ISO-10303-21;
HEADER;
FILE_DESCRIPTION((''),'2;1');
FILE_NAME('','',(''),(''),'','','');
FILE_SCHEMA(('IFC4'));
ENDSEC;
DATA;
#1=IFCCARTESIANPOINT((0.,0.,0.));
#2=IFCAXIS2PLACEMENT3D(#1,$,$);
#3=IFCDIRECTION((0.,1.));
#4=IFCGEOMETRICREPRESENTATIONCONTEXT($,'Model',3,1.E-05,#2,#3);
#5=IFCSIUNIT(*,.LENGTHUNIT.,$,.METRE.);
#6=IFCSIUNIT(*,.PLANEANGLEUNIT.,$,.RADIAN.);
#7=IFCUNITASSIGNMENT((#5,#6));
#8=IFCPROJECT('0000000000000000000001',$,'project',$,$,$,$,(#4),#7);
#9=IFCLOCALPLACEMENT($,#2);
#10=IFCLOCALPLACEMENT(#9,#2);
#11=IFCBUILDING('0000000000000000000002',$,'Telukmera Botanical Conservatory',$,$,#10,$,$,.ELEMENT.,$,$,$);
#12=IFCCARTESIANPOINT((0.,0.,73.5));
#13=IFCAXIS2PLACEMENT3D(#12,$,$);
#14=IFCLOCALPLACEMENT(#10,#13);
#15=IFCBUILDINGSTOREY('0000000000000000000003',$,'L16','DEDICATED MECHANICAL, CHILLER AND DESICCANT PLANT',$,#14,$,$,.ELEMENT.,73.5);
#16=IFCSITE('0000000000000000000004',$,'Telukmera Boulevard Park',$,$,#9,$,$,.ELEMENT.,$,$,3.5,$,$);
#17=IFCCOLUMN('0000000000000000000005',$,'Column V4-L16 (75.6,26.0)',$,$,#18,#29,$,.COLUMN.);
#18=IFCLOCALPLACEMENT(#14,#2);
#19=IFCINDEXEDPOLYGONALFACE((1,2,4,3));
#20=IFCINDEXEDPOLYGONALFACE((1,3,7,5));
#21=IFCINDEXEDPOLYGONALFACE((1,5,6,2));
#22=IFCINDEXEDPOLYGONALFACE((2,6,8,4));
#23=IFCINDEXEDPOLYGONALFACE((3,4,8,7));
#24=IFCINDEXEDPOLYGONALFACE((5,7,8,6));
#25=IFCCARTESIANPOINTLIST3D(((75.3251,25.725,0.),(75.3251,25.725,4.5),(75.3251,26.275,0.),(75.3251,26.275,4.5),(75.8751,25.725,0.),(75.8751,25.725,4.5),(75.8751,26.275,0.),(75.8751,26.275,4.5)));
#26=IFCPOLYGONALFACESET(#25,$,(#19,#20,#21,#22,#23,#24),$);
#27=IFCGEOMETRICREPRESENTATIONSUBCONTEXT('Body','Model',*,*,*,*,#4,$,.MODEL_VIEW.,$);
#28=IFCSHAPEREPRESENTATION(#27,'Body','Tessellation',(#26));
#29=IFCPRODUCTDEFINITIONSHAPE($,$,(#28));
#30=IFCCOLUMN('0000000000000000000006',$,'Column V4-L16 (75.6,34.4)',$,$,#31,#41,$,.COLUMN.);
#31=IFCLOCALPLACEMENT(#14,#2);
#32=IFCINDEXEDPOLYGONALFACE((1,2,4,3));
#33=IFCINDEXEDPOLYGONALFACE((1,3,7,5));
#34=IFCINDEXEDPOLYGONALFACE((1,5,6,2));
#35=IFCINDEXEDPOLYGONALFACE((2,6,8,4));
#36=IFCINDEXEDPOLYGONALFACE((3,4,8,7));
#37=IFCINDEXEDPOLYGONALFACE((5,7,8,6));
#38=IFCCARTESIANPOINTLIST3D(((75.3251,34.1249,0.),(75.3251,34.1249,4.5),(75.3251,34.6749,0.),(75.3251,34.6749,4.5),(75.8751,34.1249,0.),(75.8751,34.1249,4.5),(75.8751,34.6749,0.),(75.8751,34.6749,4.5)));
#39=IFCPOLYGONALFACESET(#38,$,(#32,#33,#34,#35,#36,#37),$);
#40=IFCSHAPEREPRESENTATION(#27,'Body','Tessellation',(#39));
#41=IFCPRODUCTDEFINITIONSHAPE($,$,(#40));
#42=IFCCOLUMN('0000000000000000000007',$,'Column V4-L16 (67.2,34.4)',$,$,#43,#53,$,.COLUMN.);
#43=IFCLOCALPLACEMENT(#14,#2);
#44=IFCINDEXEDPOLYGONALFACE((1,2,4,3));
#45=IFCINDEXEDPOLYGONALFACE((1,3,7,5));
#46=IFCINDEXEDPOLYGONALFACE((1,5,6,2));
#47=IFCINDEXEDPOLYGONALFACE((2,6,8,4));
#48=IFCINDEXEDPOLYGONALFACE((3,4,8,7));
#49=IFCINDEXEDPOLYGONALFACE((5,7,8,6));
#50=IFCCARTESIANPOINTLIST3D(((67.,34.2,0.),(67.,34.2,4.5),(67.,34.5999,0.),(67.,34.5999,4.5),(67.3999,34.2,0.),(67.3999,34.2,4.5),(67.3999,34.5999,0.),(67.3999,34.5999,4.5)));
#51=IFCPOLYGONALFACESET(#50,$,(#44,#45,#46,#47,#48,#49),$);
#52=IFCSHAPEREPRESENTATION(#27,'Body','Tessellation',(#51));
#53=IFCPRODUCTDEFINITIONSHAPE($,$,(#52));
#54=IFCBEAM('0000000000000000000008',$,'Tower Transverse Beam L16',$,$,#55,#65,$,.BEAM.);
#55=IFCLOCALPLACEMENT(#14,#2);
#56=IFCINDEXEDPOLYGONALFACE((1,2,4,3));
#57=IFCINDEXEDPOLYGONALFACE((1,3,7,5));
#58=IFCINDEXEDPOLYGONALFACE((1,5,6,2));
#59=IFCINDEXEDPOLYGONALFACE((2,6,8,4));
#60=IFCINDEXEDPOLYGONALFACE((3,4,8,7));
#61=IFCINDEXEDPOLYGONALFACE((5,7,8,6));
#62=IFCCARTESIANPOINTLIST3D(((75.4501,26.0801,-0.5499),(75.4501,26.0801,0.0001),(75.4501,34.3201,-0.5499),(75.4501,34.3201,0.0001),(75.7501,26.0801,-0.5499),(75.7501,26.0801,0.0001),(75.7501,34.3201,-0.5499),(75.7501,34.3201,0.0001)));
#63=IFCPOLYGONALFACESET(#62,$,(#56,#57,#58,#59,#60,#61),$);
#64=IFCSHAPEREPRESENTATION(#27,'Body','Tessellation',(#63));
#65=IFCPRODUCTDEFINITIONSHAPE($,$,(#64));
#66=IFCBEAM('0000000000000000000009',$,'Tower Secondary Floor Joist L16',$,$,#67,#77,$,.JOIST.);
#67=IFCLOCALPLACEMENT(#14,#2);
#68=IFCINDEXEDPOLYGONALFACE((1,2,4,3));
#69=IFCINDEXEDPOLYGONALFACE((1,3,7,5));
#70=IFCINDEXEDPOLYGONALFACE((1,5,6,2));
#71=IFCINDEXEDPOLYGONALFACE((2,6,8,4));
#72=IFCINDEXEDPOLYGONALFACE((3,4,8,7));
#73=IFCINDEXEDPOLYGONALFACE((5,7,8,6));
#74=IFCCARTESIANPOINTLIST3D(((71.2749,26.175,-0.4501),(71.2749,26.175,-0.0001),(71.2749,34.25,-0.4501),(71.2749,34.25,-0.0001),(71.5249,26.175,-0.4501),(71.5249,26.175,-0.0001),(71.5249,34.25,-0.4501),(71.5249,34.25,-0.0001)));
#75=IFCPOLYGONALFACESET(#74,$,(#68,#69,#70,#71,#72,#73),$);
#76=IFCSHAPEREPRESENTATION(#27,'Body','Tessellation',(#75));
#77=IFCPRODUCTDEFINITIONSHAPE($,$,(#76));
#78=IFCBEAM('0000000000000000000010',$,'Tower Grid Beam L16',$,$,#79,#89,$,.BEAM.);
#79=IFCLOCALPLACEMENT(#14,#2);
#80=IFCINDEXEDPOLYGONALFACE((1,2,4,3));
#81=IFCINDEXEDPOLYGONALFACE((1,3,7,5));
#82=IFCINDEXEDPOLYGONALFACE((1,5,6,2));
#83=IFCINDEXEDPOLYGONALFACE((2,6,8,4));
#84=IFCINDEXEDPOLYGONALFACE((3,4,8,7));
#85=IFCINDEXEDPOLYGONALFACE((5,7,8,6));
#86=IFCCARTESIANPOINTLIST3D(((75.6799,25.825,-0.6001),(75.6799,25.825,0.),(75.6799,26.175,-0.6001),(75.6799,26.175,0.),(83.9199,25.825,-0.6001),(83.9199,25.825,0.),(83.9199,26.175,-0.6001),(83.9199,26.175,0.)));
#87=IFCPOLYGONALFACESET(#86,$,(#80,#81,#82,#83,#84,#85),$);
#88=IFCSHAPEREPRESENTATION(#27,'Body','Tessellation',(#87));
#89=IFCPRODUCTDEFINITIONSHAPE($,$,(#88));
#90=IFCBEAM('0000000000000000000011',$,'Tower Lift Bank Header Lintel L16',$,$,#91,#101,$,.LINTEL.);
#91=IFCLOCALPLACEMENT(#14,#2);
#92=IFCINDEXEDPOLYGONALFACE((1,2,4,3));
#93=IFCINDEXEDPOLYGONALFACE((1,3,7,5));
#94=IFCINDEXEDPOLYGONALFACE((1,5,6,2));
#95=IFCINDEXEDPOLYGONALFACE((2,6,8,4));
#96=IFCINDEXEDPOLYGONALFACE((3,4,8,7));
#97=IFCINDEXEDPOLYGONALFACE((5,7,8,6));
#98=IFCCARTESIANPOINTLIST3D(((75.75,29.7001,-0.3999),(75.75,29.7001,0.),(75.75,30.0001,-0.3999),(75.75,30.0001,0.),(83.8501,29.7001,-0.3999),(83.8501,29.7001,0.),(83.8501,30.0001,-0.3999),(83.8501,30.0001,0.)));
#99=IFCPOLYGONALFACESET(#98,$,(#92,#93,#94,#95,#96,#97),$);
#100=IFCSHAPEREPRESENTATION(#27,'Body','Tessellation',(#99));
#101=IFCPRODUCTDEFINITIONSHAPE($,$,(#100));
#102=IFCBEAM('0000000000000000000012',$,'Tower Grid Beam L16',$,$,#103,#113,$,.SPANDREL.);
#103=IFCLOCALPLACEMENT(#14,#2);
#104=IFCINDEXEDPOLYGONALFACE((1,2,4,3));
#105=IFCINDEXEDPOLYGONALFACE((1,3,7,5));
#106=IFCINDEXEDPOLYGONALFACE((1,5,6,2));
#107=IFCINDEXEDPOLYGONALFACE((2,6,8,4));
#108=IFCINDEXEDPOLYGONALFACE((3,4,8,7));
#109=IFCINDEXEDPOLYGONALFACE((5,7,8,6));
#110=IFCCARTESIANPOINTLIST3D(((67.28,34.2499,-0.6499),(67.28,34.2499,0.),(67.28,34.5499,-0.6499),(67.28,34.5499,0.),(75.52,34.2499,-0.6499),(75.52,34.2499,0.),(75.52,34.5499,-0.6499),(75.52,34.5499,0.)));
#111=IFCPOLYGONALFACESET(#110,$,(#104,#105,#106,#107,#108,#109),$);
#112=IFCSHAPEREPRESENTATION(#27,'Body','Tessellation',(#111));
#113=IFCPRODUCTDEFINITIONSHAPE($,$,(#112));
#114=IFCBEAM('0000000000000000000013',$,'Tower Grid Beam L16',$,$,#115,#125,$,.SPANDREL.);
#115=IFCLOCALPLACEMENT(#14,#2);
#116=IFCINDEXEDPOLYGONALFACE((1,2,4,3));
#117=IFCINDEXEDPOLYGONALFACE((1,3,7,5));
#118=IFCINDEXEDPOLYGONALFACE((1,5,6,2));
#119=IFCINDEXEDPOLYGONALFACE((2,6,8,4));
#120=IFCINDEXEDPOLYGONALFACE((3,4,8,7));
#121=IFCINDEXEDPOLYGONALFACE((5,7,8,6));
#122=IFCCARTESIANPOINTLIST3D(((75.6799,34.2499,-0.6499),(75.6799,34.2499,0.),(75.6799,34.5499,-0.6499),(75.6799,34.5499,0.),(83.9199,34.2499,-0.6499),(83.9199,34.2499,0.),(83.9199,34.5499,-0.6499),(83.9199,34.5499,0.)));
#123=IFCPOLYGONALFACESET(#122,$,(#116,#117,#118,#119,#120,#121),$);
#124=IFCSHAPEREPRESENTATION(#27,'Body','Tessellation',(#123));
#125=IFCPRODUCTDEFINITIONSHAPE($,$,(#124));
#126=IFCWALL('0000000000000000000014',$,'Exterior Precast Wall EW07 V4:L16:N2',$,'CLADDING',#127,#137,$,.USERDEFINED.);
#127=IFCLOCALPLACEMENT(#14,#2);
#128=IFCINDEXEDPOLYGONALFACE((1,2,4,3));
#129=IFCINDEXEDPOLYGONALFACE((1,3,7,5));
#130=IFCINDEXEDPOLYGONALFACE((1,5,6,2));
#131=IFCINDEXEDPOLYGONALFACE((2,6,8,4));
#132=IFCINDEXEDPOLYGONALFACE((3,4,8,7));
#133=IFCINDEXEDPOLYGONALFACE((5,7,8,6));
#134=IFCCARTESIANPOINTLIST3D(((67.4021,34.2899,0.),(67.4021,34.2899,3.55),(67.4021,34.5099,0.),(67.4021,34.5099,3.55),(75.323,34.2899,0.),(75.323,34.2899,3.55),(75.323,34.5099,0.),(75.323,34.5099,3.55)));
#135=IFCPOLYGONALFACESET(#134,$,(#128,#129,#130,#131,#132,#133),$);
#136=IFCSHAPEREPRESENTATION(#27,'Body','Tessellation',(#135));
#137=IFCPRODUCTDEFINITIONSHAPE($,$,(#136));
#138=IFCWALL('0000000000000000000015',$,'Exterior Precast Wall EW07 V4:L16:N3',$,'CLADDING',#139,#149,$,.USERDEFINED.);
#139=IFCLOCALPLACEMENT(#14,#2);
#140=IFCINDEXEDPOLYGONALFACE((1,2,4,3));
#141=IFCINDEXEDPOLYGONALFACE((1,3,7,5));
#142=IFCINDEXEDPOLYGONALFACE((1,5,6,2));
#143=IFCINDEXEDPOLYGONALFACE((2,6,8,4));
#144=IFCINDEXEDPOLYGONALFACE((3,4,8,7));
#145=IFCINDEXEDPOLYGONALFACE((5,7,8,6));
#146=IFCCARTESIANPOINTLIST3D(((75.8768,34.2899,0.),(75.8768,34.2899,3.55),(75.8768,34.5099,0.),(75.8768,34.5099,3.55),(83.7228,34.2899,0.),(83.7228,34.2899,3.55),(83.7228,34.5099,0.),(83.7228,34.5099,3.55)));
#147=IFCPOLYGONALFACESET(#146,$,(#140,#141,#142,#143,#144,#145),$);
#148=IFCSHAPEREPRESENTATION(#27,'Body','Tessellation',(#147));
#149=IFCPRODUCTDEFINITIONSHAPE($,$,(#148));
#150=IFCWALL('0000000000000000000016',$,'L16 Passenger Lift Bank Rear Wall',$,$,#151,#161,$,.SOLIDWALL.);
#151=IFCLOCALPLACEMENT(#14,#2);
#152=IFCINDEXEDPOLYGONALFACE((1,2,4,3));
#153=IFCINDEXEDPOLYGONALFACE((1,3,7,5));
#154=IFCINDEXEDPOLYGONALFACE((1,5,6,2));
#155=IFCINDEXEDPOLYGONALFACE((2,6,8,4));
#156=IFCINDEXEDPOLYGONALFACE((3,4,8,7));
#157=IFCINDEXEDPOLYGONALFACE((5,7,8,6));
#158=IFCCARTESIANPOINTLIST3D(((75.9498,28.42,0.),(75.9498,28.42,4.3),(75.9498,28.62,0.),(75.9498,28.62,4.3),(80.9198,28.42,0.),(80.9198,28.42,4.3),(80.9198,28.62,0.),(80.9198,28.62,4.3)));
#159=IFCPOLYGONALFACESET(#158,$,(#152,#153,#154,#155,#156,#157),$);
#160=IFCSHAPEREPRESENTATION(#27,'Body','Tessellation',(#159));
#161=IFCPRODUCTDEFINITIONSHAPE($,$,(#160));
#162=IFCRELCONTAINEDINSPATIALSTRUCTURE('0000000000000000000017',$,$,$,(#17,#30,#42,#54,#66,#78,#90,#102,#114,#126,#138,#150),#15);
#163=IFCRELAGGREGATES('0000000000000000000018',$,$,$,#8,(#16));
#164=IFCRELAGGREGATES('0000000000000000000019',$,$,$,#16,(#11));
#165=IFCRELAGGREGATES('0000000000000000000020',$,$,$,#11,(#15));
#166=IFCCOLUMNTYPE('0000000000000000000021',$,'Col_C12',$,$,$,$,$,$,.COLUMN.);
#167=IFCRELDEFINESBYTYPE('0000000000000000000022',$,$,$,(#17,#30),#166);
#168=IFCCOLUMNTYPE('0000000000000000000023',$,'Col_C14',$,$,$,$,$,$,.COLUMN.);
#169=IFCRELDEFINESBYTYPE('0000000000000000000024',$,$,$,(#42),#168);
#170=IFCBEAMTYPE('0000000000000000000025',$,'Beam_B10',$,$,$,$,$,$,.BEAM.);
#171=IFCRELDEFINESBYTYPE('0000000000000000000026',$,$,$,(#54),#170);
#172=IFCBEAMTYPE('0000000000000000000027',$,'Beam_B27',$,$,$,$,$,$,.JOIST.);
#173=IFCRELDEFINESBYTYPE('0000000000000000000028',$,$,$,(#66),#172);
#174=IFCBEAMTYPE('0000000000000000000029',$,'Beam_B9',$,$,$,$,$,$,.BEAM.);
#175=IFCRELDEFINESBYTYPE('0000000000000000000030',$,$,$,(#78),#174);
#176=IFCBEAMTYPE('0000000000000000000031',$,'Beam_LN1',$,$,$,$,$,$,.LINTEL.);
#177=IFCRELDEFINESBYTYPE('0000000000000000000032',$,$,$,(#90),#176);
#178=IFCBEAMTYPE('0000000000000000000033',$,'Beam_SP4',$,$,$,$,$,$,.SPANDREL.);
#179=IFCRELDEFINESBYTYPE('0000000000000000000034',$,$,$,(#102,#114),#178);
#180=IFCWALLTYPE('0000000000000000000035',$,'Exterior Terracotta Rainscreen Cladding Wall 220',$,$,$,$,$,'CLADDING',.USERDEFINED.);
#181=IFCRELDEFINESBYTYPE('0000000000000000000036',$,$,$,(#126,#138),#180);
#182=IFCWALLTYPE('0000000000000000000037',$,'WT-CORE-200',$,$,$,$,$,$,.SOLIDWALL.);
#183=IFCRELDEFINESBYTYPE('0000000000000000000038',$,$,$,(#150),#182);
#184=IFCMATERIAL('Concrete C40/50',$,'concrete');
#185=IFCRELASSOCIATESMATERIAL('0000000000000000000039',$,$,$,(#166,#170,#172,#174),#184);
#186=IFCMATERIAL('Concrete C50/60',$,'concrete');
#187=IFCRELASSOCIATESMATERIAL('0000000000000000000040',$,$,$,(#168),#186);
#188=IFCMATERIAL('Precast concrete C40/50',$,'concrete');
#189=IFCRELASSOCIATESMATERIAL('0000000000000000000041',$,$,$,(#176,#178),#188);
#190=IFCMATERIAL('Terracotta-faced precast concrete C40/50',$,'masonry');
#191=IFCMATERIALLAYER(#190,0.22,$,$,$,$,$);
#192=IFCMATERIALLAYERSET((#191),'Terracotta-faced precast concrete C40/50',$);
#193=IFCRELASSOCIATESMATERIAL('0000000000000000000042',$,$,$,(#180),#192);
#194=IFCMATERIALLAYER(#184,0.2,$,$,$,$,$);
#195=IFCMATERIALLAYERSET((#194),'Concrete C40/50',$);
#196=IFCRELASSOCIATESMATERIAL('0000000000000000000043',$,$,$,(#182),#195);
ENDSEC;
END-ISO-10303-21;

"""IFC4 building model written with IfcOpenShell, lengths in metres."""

from ifc_helpers import new_model, si_unit, direction, frame, frame_2d, origin, origin_2d, place, context, subcontext, project, spatial, rectangle, extrude, material, layer, layer_set, material_profile, profile_set, type_object, element, save


model = new_model("IFC4")

# Units and contexts
model_context = context("Model", 3, precision=1e-05, world=origin(), true_north=direction((0.0, 1.0)))
body_context = subcontext(model_context, "Body", "Model", "MODEL_VIEW")
ifc_project = project(units=[si_unit("LENGTHUNIT", "METRE"), si_unit("PLANEANGLEUNIT", "RADIAN")], contexts=[model_context])

# Site, building, storey
site_placement = place(None, origin())
site = spatial("IfcSite", under=ifc_project, at=site_placement, Name="Telukmera Boulevard Park", CompositionType="ELEMENT", RefElevation=3.5)
building_placement = place(site_placement, origin())
building = spatial("IfcBuilding", under=site, at=building_placement, Name="Telukmera Botanical Conservatory", CompositionType="ELEMENT")
storey_placement = place(building_placement, frame((0.0, 0.0, 73.5)))
storey = spatial("IfcBuildingStorey", under=building, at=storey_placement, Name="L16", Description="DEDICATED MECHANICAL, CHILLER AND DESICCANT PLANT", CompositionType="ELEMENT", Elevation=73.5)

# Columns
ifc_material_1 = material(Name="Concrete C40/50", Category="concrete")
ifc_material_profile_1 = material_profile(ifc_material_1, rectangle(XDim=0.55, YDim=0.55, at=origin_2d()), Name="RC 550x550")
ifc_profile_set_1 = profile_set([ifc_material_profile_1], Name="Concrete C40/50")
column_type_1 = type_object("IfcColumnType", Name="Col_C12", PredefinedType="COLUMN", material=ifc_profile_set_1)
for number, where, z_axis, x_axis, name in (
    (1, (75.6001, 26.0, 0.0), (0.0, 0.0, 1.0), (1.0, 0.0, 0.0), "Column V4-L16 (75.6,26.0)"),
    (2, (75.6001, 34.3999, 0.0), (0.0, 0.0, 1.0), (1.0, 0.0, 0.0), "Column V4-L16 (75.6,34.4)"),
):
    element("IfcColumn", number, at=place(storey_placement, frame(where, z_axis=z_axis, x_axis=x_axis)), inside=storey, type_object=column_type_1, Name=name, PredefinedType="COLUMN", context=body_context, shape_type="SweptSolid", body=[
        extrude(rectangle(XDim=0.55, YDim=0.55, at=origin_2d()), origin(), (0.0, 0.0, 1.0), 4.5),
    ])
ifc_material_2 = material(Name="Concrete C50/60", Category="concrete")
ifc_material_profile_2 = material_profile(ifc_material_2, rectangle(XDim=0.3999, YDim=0.3999, at=origin_2d()), Name="RC 400x400")
ifc_profile_set_2 = profile_set([ifc_material_profile_2], Name="Concrete C50/60")
column_type_2 = type_object("IfcColumnType", Name="Col_C14", PredefinedType="COLUMN", material=ifc_profile_set_2)
column_placement = place(storey_placement, frame((67.2, 34.3999, 0.0), z_axis=(0.0, 0.0, 1.0), x_axis=(1.0, 0.0, 0.0)))
element("IfcColumn", 3, at=column_placement, inside=storey, type_object=column_type_2, Name="Column V4-L16 (67.2,34.4)", PredefinedType="COLUMN", context=body_context, shape_type="SweptSolid", body=[
    extrude(rectangle(XDim=0.3999, YDim=0.3999, at=origin_2d()), origin(), (0.0, 0.0, 1.0), 4.5),
])

# Beams
ifc_material_profile_3 = material_profile(ifc_material_1, rectangle(XDim=0.3, YDim=0.55, at=origin_2d()), Name="RC 300x550")
ifc_profile_set_3 = profile_set([ifc_material_profile_3], Name="Concrete C40/50")
beam_type_1 = type_object("IfcBeamType", Name="Beam_B10", PredefinedType="BEAM", material=ifc_profile_set_3)
beam_1_placement = place(storey_placement, frame((75.6001, 26.0801, -0.2749), z_axis=(0.0, 1.0, 0.0), x_axis=(-1.0, 0.0, 0.0)))
element("IfcBeam", 4, at=beam_1_placement, inside=storey, type_object=beam_type_1, Name="Tower Transverse Beam L16", PredefinedType="BEAM", context=body_context, shape_type="SweptSolid", body=[
    extrude(rectangle(XDim=0.3, YDim=0.55, at=origin_2d()), origin(), (0.0, 0.0, 1.0), 8.24),
])
ifc_material_profile_4 = material_profile(ifc_material_1, rectangle(XDim=0.25, YDim=0.45, at=origin_2d()), Name="RC 250x450")
ifc_profile_set_4 = profile_set([ifc_material_profile_4], Name="Concrete C40/50")
beam_type_2 = type_object("IfcBeamType", Name="Beam_B27", PredefinedType="JOIST", material=ifc_profile_set_4)
beam_2_placement = place(storey_placement, frame((71.3999, 26.175, -0.2251), z_axis=(0.0, 1.0, 0.0), x_axis=(-1.0, 0.0, 0.0)))
element("IfcBeam", 5, at=beam_2_placement, inside=storey, type_object=beam_type_2, Name="Tower Secondary Floor Joist L16", PredefinedType="JOIST", context=body_context, shape_type="SweptSolid", body=[
    extrude(rectangle(XDim=0.25, YDim=0.45, at=origin_2d()), origin(), (0.0, 0.0, 1.0), 8.075),
])
ifc_material_profile_5 = material_profile(ifc_material_1, rectangle(XDim=0.3501, YDim=0.6001, at=origin_2d()), Name="RC 350x600")
ifc_profile_set_5 = profile_set([ifc_material_profile_5], Name="Concrete C40/50")
beam_type_3 = type_object("IfcBeamType", Name="Beam_B9", PredefinedType="BEAM", material=ifc_profile_set_5)
beam_3_placement = place(storey_placement, frame((75.6799, 26.0, -0.3), z_axis=(1.0, 0.0, 0.0), x_axis=(0.0, 1.0, 0.0)))
element("IfcBeam", 6, at=beam_3_placement, inside=storey, type_object=beam_type_3, Name="Tower Grid Beam L16", PredefinedType="BEAM", context=body_context, shape_type="SweptSolid", body=[
    extrude(rectangle(XDim=0.3501, YDim=0.6001, at=origin_2d()), origin(), (0.0, 0.0, 1.0), 8.24),
])
ifc_material_3 = material(Name="Precast concrete C40/50", Category="concrete")
ifc_material_profile_6 = material_profile(ifc_material_3, rectangle(XDim=0.3, YDim=0.3999, at=origin_2d()), Name="PC 300x400")
ifc_profile_set_6 = profile_set([ifc_material_profile_6], Name="Precast concrete C40/50")
beam_type_4 = type_object("IfcBeamType", Name="Beam_LN1", PredefinedType="LINTEL", material=ifc_profile_set_6)
beam_4_placement = place(storey_placement, frame((75.75, 29.8501, -0.2), z_axis=(1.0, 0.0, 0.0), x_axis=(0.0, 1.0, 0.0)))
element("IfcBeam", 7, at=beam_4_placement, inside=storey, type_object=beam_type_4, Name="Tower Lift Bank Header Lintel L16", PredefinedType="LINTEL", context=body_context, shape_type="SweptSolid", body=[
    extrude(rectangle(XDim=0.3, YDim=0.3999, at=origin_2d()), origin(), (0.0, 0.0, 1.0), 8.1001),
])
ifc_material_profile_7 = material_profile(ifc_material_3, rectangle(XDim=0.3, YDim=0.6499, at=origin_2d()), Name="PC 300x650")
ifc_profile_set_7 = profile_set([ifc_material_profile_7], Name="Precast concrete C40/50")
beam_type_5 = type_object("IfcBeamType", Name="Beam_SP4", PredefinedType="SPANDREL", material=ifc_profile_set_7)
for number, where, z_axis, x_axis, name in (
    (8, (67.28, 34.3999, -0.325), (1.0, 0.0, 0.0), (0.0, 1.0, 0.0), "Tower Grid Beam L16"),
    (9, (75.6799, 34.3999, -0.325), (1.0, 0.0, 0.0), (0.0, 1.0, 0.0), "Tower Grid Beam L16"),
):
    element("IfcBeam", number, at=place(storey_placement, frame(where, z_axis=z_axis, x_axis=x_axis)), inside=storey, type_object=beam_type_5, Name=name, PredefinedType="SPANDREL", context=body_context, shape_type="SweptSolid", body=[
        extrude(rectangle(XDim=0.3, YDim=0.6499, at=origin_2d()), origin(), (0.0, 0.0, 1.0), 8.24),
    ])

# Walls
ifc_material_4 = material(Name="Terracotta-faced precast concrete C40/50", Category="masonry")
ifc_layer_1 = layer(ifc_material_4, 0.22)
ifc_layer_set_1 = layer_set([ifc_layer_1], Name="Terracotta-faced precast concrete C40/50")
wall_type_1 = type_object("IfcWallType", Name="Exterior Terracotta Rainscreen Cladding Wall 220", ElementType="CLADDING", PredefinedType="USERDEFINED", material=ifc_layer_set_1)
wall_1_placement = place(storey_placement, frame((67.4021, 34.3999, 0.0), z_axis=(0.0, 0.0, 1.0), x_axis=(1.0, 0.0, 0.0)))
element("IfcWall", 10, at=wall_1_placement, inside=storey, type_object=wall_type_1, Name="Exterior Precast Wall EW07 V4:L16:N2", ObjectType="CLADDING", PredefinedType="USERDEFINED", context=body_context, shape_type="SweptSolid", body=[
    extrude(rectangle(XDim=7.9209, YDim=0.22, at=frame_2d((3.9604, 0.0))), origin(), (0.0, 0.0, 1.0), 3.55),
])
wall_2_placement = place(storey_placement, frame((75.877, 34.3999, 0.0), z_axis=(0.0, 0.0, 1.0), x_axis=(1.0, 0.0, 0.0)))
element("IfcWall", 11, at=wall_2_placement, inside=storey, type_object=wall_type_1, Name="Exterior Precast Wall EW07 V4:L16:N3", ObjectType="CLADDING", PredefinedType="USERDEFINED", context=body_context, shape_type="SweptSolid", body=[
    extrude(rectangle(XDim=7.8459, YDim=0.22, at=frame_2d((3.9229, 0.0))), origin(), (0.0, 0.0, 1.0), 3.55),
])

# Shared definitions
ifc_layer_2 = layer(ifc_material_1, 0.2)
ifc_layer_set_2 = layer_set([ifc_layer_2], Name="Concrete C40/50")
wall_type_2 = type_object("IfcWallType", Name="WT-CORE-200", PredefinedType="SOLIDWALL", material=ifc_layer_set_2)

# Wall
wall_3_placement = place(storey_placement, frame((75.95, 28.52, 0.0), z_axis=(0.0, 0.0, 1.0), x_axis=(1.0, 0.0, 0.0)))
element("IfcWall", 12, at=wall_3_placement, inside=storey, type_object=wall_type_2, Name="L16 Passenger Lift Bank Rear Wall", PredefinedType="SOLIDWALL", context=body_context, shape_type="SweptSolid", body=[
    extrude(rectangle(XDim=4.97, YDim=0.2, at=frame_2d((2.4849, 0.0))), origin(), (0.0, 0.0, 1.0), 4.3),
])

save(model, "model.ifc")
